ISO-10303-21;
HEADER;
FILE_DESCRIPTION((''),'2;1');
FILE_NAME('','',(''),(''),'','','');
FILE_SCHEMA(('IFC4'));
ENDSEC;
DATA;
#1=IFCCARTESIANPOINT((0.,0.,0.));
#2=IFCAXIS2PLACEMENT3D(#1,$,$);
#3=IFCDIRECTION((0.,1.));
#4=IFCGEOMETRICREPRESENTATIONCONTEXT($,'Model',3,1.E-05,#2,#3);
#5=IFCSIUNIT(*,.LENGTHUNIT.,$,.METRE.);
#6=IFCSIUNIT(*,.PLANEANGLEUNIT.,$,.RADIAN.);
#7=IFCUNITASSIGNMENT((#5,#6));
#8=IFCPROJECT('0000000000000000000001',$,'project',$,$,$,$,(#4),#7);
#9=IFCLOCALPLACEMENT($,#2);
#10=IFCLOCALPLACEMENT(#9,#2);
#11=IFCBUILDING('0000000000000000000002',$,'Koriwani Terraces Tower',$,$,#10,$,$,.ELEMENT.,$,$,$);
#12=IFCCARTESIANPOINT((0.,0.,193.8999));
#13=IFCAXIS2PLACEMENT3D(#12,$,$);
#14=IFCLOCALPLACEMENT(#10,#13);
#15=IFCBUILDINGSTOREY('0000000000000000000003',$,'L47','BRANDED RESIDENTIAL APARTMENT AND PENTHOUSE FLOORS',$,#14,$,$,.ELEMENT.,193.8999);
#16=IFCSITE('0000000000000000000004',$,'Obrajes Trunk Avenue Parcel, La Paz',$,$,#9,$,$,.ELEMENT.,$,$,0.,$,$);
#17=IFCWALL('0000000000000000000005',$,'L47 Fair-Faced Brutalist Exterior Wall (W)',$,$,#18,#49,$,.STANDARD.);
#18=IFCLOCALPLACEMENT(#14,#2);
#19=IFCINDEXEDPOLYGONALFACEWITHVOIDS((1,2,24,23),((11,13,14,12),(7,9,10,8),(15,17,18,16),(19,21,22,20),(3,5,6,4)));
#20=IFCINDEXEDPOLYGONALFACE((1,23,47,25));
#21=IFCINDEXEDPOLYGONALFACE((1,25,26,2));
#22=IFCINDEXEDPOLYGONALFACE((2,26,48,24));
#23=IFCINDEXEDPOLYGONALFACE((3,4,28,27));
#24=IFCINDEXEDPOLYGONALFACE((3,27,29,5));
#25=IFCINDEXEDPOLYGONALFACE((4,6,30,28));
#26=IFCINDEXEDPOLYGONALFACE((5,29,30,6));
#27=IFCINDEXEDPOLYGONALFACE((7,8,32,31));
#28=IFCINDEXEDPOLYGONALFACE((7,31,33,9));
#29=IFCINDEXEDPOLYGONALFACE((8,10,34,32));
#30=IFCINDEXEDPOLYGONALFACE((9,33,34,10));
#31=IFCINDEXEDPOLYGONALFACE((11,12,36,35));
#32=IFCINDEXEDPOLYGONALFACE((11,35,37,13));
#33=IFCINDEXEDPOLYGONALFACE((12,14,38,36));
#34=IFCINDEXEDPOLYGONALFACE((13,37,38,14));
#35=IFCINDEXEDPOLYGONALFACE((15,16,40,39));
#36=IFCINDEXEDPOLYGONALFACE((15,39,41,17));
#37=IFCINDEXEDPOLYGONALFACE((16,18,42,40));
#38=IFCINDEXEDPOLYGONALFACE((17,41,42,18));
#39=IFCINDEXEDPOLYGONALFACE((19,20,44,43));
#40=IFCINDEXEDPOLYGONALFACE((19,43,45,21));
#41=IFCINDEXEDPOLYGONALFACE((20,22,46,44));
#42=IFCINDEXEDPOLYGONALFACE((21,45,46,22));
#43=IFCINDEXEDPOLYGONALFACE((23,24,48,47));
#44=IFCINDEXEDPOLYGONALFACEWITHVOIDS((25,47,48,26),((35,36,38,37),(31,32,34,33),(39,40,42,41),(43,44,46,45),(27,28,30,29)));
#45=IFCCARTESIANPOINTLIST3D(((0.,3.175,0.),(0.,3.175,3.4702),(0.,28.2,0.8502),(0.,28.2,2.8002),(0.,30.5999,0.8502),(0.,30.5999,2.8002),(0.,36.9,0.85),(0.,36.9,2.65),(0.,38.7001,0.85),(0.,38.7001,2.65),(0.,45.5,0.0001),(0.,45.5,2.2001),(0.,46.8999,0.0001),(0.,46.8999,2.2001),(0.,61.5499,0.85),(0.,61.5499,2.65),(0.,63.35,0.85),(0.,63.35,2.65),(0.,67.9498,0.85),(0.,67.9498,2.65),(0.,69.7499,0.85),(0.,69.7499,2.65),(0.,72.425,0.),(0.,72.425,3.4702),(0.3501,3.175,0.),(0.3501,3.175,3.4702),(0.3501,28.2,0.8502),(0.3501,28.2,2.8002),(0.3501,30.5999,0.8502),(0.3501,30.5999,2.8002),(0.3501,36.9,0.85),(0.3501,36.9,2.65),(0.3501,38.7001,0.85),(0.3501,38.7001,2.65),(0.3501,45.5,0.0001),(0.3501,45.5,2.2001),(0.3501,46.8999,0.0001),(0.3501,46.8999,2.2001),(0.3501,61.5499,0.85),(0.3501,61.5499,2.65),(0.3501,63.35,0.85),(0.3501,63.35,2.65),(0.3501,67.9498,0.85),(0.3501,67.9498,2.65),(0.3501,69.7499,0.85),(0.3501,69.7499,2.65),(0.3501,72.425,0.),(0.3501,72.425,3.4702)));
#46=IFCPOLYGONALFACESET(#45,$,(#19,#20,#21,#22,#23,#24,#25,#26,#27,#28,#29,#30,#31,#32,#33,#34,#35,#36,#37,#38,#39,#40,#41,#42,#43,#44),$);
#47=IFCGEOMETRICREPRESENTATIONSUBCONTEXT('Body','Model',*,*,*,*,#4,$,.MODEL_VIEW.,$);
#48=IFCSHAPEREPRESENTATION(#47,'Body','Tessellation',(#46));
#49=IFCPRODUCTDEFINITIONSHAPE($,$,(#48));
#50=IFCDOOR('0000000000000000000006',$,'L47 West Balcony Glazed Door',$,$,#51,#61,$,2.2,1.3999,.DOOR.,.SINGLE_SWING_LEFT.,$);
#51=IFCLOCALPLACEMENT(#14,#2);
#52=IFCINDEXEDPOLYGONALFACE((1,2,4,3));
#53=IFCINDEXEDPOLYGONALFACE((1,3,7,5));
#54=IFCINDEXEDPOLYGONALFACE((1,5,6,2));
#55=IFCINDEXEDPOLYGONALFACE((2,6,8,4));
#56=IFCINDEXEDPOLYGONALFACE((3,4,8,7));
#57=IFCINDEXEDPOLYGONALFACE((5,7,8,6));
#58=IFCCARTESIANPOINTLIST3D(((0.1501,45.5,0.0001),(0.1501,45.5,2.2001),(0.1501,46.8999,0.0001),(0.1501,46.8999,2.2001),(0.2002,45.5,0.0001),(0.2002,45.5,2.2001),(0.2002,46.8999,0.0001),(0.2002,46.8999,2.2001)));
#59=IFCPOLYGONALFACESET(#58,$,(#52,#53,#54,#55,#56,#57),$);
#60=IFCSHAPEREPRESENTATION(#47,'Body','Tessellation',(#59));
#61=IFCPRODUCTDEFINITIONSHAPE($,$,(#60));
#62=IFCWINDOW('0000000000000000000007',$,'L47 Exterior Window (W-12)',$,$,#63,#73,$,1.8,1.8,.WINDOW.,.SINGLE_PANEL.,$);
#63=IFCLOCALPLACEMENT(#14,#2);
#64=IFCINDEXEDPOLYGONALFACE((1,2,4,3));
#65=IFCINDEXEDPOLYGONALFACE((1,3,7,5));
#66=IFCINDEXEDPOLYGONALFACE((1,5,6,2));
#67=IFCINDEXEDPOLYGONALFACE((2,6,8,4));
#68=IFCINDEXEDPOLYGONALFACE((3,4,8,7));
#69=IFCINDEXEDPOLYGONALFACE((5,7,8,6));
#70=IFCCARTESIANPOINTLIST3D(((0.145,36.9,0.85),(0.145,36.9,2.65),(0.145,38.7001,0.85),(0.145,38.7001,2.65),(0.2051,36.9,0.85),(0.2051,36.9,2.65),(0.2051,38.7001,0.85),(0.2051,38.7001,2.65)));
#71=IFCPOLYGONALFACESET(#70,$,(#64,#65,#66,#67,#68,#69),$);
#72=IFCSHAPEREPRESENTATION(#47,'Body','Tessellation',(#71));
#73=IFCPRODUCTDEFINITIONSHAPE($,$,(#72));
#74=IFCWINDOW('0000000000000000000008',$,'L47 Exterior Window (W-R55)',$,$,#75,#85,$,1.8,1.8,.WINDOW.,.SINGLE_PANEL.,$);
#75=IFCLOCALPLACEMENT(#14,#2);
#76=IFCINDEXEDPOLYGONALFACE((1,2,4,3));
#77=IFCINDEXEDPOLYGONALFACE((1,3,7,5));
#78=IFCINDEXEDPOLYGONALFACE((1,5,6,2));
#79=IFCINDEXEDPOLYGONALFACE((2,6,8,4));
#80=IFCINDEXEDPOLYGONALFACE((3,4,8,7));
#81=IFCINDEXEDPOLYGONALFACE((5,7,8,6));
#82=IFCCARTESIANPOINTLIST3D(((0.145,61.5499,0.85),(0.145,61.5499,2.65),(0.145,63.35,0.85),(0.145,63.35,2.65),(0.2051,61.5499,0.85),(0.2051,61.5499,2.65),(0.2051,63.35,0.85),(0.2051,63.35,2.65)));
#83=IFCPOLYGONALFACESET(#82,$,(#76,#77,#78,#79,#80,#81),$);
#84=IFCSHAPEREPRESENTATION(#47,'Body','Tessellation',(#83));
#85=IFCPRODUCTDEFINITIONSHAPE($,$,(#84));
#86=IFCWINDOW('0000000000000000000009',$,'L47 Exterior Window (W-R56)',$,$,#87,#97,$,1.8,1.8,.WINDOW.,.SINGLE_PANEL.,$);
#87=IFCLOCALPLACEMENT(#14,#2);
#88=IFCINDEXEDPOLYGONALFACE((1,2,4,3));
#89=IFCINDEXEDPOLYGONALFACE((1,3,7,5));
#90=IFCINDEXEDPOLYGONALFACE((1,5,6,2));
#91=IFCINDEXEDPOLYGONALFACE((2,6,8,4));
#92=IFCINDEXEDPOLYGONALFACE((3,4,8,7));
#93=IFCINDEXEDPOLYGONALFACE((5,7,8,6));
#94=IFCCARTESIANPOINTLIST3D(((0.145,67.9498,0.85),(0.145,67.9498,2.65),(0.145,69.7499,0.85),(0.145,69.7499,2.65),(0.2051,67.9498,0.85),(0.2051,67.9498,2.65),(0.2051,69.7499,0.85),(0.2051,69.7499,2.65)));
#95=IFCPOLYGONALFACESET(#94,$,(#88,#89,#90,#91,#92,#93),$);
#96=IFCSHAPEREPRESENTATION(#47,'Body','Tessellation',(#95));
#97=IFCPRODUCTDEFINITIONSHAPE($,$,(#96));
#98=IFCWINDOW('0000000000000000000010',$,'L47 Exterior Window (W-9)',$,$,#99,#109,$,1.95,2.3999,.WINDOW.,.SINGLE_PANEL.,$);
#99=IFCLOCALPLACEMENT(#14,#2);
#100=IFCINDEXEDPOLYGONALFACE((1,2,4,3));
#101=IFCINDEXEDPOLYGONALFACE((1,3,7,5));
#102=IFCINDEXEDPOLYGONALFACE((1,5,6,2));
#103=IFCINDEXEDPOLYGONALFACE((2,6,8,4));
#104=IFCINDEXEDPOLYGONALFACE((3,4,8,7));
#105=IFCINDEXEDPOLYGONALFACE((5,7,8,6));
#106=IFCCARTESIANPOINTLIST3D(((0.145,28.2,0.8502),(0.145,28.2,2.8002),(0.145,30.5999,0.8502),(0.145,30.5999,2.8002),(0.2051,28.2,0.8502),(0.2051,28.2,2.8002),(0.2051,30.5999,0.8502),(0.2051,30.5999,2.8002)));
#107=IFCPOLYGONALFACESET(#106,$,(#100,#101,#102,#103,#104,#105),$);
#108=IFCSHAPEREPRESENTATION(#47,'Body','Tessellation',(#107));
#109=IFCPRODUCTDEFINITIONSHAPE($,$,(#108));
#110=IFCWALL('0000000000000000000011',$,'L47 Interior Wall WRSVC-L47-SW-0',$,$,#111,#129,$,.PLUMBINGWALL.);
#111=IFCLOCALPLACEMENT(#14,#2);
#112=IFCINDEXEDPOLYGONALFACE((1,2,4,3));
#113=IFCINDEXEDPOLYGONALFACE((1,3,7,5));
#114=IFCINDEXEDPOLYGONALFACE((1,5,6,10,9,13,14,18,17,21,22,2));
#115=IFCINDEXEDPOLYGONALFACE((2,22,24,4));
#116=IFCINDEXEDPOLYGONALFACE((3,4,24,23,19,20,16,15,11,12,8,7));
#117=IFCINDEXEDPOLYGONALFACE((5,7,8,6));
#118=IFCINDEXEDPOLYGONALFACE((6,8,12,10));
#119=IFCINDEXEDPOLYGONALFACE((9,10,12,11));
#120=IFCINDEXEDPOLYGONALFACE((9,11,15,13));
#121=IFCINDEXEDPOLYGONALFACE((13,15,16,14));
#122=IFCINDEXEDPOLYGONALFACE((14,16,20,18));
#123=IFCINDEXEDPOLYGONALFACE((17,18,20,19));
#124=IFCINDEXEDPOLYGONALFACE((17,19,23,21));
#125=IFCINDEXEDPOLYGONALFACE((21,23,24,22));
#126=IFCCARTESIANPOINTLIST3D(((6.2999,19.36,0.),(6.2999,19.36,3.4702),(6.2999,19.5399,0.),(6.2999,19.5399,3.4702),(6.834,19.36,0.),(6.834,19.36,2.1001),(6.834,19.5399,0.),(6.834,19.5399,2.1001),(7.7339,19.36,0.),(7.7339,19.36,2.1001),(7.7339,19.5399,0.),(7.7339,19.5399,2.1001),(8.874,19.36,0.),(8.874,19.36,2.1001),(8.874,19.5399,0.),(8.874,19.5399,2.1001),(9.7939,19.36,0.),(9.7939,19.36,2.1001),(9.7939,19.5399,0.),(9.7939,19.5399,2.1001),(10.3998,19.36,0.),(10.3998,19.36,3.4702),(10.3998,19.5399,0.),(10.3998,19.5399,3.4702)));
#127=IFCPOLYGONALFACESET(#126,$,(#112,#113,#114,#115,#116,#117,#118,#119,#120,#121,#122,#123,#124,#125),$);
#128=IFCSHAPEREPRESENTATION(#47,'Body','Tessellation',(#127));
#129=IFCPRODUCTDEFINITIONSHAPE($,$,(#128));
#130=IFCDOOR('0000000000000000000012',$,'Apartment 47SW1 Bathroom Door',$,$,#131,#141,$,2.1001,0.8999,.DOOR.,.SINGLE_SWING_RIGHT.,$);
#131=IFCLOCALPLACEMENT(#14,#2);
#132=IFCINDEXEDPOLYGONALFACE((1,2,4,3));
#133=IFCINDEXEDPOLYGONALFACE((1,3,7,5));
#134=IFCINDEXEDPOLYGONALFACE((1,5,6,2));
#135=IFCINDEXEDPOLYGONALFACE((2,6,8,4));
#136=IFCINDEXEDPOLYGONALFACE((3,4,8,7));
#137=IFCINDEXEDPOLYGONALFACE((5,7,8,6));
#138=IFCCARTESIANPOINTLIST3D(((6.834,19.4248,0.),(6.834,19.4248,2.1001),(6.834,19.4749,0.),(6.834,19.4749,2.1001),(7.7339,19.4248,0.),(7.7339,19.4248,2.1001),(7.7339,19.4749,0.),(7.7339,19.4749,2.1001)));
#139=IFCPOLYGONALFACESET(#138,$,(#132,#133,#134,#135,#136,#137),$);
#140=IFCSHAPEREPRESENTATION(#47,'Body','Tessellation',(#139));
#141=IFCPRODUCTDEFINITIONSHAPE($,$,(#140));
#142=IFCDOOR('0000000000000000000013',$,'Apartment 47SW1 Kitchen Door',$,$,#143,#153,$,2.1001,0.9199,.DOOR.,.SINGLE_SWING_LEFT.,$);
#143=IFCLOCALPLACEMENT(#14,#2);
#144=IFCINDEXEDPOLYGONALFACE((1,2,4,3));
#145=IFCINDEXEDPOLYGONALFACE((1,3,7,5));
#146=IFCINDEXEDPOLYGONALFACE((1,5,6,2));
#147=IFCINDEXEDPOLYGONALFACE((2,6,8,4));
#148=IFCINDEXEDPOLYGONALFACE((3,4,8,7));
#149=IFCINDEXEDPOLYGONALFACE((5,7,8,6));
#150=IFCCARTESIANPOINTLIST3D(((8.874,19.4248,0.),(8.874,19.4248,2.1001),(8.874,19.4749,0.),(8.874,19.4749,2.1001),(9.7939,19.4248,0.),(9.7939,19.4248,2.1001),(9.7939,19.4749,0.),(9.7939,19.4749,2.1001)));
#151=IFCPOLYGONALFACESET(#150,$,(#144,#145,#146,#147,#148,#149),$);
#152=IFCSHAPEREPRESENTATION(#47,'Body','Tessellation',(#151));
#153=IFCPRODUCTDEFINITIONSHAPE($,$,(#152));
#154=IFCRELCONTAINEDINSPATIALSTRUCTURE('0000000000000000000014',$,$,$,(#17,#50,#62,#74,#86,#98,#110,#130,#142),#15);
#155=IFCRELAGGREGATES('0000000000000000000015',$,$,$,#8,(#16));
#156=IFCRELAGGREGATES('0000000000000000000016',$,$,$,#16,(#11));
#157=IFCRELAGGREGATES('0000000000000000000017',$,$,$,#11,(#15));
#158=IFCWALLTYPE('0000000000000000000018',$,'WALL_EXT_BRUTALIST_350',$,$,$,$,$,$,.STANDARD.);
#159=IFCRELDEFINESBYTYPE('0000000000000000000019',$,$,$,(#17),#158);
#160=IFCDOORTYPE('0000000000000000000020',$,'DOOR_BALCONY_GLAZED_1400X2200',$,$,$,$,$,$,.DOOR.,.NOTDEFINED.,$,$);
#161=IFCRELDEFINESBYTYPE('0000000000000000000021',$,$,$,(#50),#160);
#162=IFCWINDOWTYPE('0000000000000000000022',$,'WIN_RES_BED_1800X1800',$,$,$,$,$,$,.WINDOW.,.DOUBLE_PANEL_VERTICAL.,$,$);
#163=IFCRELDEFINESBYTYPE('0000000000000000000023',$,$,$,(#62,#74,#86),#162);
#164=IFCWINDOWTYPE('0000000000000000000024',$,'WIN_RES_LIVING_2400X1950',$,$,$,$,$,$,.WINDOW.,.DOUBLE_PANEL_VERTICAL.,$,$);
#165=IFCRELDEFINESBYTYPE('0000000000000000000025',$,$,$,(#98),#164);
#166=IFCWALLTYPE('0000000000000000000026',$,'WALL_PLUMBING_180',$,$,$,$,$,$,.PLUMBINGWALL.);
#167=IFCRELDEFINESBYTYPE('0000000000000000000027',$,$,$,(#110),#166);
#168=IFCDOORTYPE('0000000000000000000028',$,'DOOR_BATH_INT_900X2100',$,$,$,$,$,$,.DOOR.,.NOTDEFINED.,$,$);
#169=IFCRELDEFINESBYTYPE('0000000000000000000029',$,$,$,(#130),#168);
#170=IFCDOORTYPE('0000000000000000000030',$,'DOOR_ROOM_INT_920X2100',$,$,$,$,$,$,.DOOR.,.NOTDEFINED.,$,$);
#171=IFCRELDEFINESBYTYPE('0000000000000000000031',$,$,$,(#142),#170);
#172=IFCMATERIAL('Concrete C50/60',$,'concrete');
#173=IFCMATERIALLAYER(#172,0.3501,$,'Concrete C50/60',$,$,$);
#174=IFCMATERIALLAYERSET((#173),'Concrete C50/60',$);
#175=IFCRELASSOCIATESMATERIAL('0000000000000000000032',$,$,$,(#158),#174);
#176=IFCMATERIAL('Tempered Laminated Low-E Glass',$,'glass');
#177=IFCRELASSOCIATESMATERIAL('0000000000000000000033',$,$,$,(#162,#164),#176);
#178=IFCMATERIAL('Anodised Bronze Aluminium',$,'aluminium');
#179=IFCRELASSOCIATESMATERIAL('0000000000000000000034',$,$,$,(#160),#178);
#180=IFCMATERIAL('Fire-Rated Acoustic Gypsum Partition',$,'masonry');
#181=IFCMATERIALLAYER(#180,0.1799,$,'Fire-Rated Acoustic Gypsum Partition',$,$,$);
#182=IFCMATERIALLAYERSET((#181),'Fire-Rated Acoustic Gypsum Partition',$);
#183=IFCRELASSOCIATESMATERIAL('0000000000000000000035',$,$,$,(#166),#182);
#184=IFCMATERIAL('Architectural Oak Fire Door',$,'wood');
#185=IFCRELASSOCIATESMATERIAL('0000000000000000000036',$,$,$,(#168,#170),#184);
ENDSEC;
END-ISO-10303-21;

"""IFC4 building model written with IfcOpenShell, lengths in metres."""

from ifc_helpers import new_model, si_unit, direction, frame, frame_2d, origin, place, context, subcontext, project, spatial, rectangle, extrude, material, layer, layer_set, type_object, element, fill, save


model = new_model("IFC4")

# Units and contexts
model_context = context("Model", 3, precision=1e-05, world=origin(), true_north=direction((0.0, 1.0)))
body_context = subcontext(model_context, "Body", "Model", "MODEL_VIEW")
ifc_project = project(units=[si_unit("LENGTHUNIT", "METRE"), si_unit("PLANEANGLEUNIT", "RADIAN")], contexts=[model_context])

# Site, building, storey
site_placement = place(None, origin())
site = spatial("IfcSite", under=ifc_project, at=site_placement, Name="Obrajes Trunk Avenue Parcel, La Paz", CompositionType="ELEMENT", RefElevation=0.0)
building_placement = place(site_placement, origin())
building = spatial("IfcBuilding", under=site, at=building_placement, Name="Koriwani Terraces Tower", CompositionType="ELEMENT")
storey_placement = place(building_placement, frame((0.0, 0.0, 193.8999)))
storey = spatial("IfcBuildingStorey", under=building, at=storey_placement, Name="L47", Description="BRANDED RESIDENTIAL APARTMENT AND PENTHOUSE FLOORS", CompositionType="ELEMENT", Elevation=193.8999)

# Shared definitions
ifc_material_1 = material(Name="Concrete C50/60", Category="concrete")

# Shared definitions
ifc_layer_1 = layer(ifc_material_1, 0.3501, Name="Concrete C50/60")
ifc_layer_set_1 = layer_set([ifc_layer_1], Name="Concrete C50/60")
wall_type_1 = type_object("IfcWallType", Name="WALL_EXT_BRUTALIST_350", PredefinedType="STANDARD", material=ifc_layer_set_1)
ifc_material_2 = material(Name="Tempered Laminated Low-E Glass", Category="glass")
window_type_1 = type_object("IfcWindowType", Name="WIN_RES_BED_1800X1800", PartitioningType="DOUBLE_PANEL_VERTICAL", PredefinedType="WINDOW", material=ifc_material_2)

# Wall, openings, door, windows
wall_1_placement = place(storey_placement, frame((0.175, 3.175, 0.0), z_axis=(0.0, 0.0, 1.0), x_axis=(0.0, 1.0, 0.0)))
wall_1 = element("IfcWall", 1, at=wall_1_placement, inside=storey, type_object=wall_type_1, Name="L47 Fair-Faced Brutalist Exterior Wall (W)", PredefinedType="STANDARD", context=body_context, shape_type="SweptSolid", body=[
    extrude(rectangle(XDim=69.25, YDim=0.3501, at=frame_2d((34.625, 0.0))), origin(), (0.0, 0.0, 1.0), 3.4702),
])
opening_1_placement = place(wall_1_placement, frame((42.325, 0.0, 0.0)))
opening_1 = element("IfcOpeningElement", 2, at=opening_1_placement, cuts=wall_1, PredefinedType="OPENING", context=body_context, shape_type="SweptSolid", body=[
    extrude(rectangle(XDim=1.3999, YDim=2.2, at=frame_2d((0.7, 1.1001))), frame((0.0, 0.1851, 0.0), z_axis=(0.0, -1.0, 0.0), x_axis=(1.0, 0.0, 0.0)), (0.0, 0.0, 1.0), 0.3701),
])
opening_2_placement = place(wall_1_placement, frame((25.0249, 0.0, 0.8501)))
opening_2 = element("IfcOpeningElement", 3, at=opening_2_placement, cuts=wall_1, PredefinedType="OPENING", context=body_context, shape_type="SweptSolid", body=[
    extrude(rectangle(XDim=2.3999, YDim=1.95, at=frame_2d((1.2, 0.9751))), frame((0.0, 0.1851, 0.0), z_axis=(0.0, -1.0, 0.0), x_axis=(1.0, 0.0, 0.0)), (0.0, 0.0, 1.0), 0.3701),
])
opening_3_placement = place(wall_1_placement, frame((33.7251, 0.0, 0.8501)))
opening_3 = element("IfcOpeningElement", 4, at=opening_3_placement, cuts=wall_1, PredefinedType="OPENING", context=body_context, shape_type="SweptSolid", body=[
    extrude(rectangle(XDim=1.8, YDim=1.8, at=frame_2d((0.8999, 0.8999))), frame((0.0, 0.1851, 0.0), z_axis=(0.0, -1.0, 0.0), x_axis=(1.0, 0.0, 0.0)), (0.0, 0.0, 1.0), 0.3701),
])
opening_4_placement = place(wall_1_placement, frame((58.375, 0.0, 0.8501)))
opening_4 = element("IfcOpeningElement", 5, at=opening_4_placement, cuts=wall_1, PredefinedType="OPENING", context=body_context, shape_type="SweptSolid", body=[
    extrude(rectangle(XDim=1.8, YDim=1.8, at=frame_2d((0.8999, 0.8999))), frame((0.0, 0.1851, 0.0), z_axis=(0.0, -1.0, 0.0), x_axis=(1.0, 0.0, 0.0)), (0.0, 0.0, 1.0), 0.3701),
])
opening_5_placement = place(wall_1_placement, frame((64.7749, 0.0, 0.8501)))
opening_5 = element("IfcOpeningElement", 6, at=opening_5_placement, cuts=wall_1, PredefinedType="OPENING", context=body_context, shape_type="SweptSolid", body=[
    extrude(rectangle(XDim=1.8, YDim=1.8, at=frame_2d((0.8999, 0.8999))), frame((0.0, 0.1851, 0.0), z_axis=(0.0, -1.0, 0.0), x_axis=(1.0, 0.0, 0.0)), (0.0, 0.0, 1.0), 0.3701),
])
ifc_material_3 = material(Name="Anodised Bronze Aluminium", Category="aluminium")
door_type_1 = type_object("IfcDoorType", Name="DOOR_BALCONY_GLAZED_1400X2200", OperationType="NOTDEFINED", PredefinedType="DOOR", material=ifc_material_3)
door_1_placement = place(opening_1_placement, origin())
door_1 = element("IfcDoor", 7, at=door_1_placement, inside=storey, type_object=door_type_1, Name="L47 West Balcony Glazed Door", OperationType="SINGLE_SWING_LEFT", OverallHeight=2.2, OverallWidth=1.3999, PredefinedType="DOOR", context=body_context, shape_type="SweptSolid", body=[
    extrude(rectangle(XDim=1.3999, YDim=2.2, at=frame_2d((0.7, 1.1001))), frame((0.0, 0.0249, 0.0), z_axis=(0.0, -1.0, 0.0), x_axis=(1.0, 0.0, 0.0)), (0.0, 0.0, 1.0), 0.05),
])
fill(opening_1, door_1)
window_1_placement = place(opening_3_placement, origin())
window_1 = element("IfcWindow", 8, at=window_1_placement, inside=storey, type_object=window_type_1, Name="L47 Exterior Window (W-12)", OverallHeight=1.8, OverallWidth=1.8, PartitioningType="SINGLE_PANEL", PredefinedType="WINDOW", context=body_context, shape_type="SweptSolid", body=[
    extrude(rectangle(XDim=1.8, YDim=1.8, at=frame_2d((0.8999, 0.8999))), frame((0.0, 0.03, 0.0), z_axis=(0.0, -1.0, 0.0), x_axis=(1.0, 0.0, 0.0)), (0.0, 0.0, 1.0), 0.0601),
])
fill(opening_3, window_1)
window_2_placement = place(opening_4_placement, origin())
window_2 = element("IfcWindow", 9, at=window_2_placement, inside=storey, type_object=window_type_1, Name="L47 Exterior Window (W-R55)", OverallHeight=1.8, OverallWidth=1.8, PartitioningType="SINGLE_PANEL", PredefinedType="WINDOW", context=body_context, shape_type="SweptSolid", body=[
    extrude(rectangle(XDim=1.8, YDim=1.8, at=frame_2d((0.8999, 0.8999))), frame((0.0, 0.03, 0.0), z_axis=(0.0, -1.0, 0.0), x_axis=(1.0, 0.0, 0.0)), (0.0, 0.0, 1.0), 0.0601),
])
fill(opening_4, window_2)
window_3_placement = place(opening_5_placement, origin())
window_3 = element("IfcWindow", 10, at=window_3_placement, inside=storey, type_object=window_type_1, Name="L47 Exterior Window (W-R56)", OverallHeight=1.8, OverallWidth=1.8, PartitioningType="SINGLE_PANEL", PredefinedType="WINDOW", context=body_context, shape_type="SweptSolid", body=[
    extrude(rectangle(XDim=1.8, YDim=1.8, at=frame_2d((0.8999, 0.8999))), frame((0.0, 0.03, 0.0), z_axis=(0.0, -1.0, 0.0), x_axis=(1.0, 0.0, 0.0)), (0.0, 0.0, 1.0), 0.0601),
])
fill(opening_5, window_3)
window_type_2 = type_object("IfcWindowType", Name="WIN_RES_LIVING_2400X1950", PartitioningType="DOUBLE_PANEL_VERTICAL", PredefinedType="WINDOW", material=ifc_material_2)
window_4_placement = place(opening_2_placement, origin())
window_4 = element("IfcWindow", 11, at=window_4_placement, inside=storey, type_object=window_type_2, Name="L47 Exterior Window (W-9)", OverallHeight=1.95, OverallWidth=2.3999, PartitioningType="SINGLE_PANEL", PredefinedType="WINDOW", context=body_context, shape_type="SweptSolid", body=[
    extrude(rectangle(XDim=2.3999, YDim=1.95, at=frame_2d((1.2, 0.9751))), frame((0.0, 0.03, 0.0), z_axis=(0.0, -1.0, 0.0), x_axis=(1.0, 0.0, 0.0)), (0.0, 0.0, 1.0), 0.0601),
])
fill(opening_2, window_4)

# Wall, openings, doors
ifc_material_4 = material(Name="Fire-Rated Acoustic Gypsum Partition", Category="masonry")
ifc_layer_2 = layer(ifc_material_4, 0.1799, Name="Fire-Rated Acoustic Gypsum Partition")
ifc_layer_set_2 = layer_set([ifc_layer_2], Name="Fire-Rated Acoustic Gypsum Partition")
wall_type_2 = type_object("IfcWallType", Name="WALL_PLUMBING_180", PredefinedType="PLUMBINGWALL", material=ifc_layer_set_2)
wall_2_placement = place(storey_placement, frame((6.3, 19.45, 0.0), z_axis=(0.0, 0.0, 1.0), x_axis=(1.0, 0.0, 0.0)))
wall_2 = element("IfcWall", 12, at=wall_2_placement, inside=storey, type_object=wall_type_2, Name="L47 Interior Wall WRSVC-L47-SW-0", PredefinedType="PLUMBINGWALL", context=body_context, shape_type="SweptSolid", body=[
    extrude(rectangle(XDim=4.0999, YDim=0.1799, at=frame_2d((2.0498, 0.0))), origin(), (0.0, 0.0, 1.0), 3.4702),
])
opening_6_placement = place(wall_2_placement, frame((0.5339, 0.0, 0.0)))
opening_6 = element("IfcOpeningElement", 13, at=opening_6_placement, cuts=wall_2, PredefinedType="OPENING", context=body_context, shape_type="SweptSolid", body=[
    extrude(rectangle(XDim=0.8999, YDim=2.1001, at=frame_2d((0.45, 1.05))), frame((0.0, 0.1001, 0.0), z_axis=(0.0, -1.0, 0.0), x_axis=(1.0, 0.0, 0.0)), (0.0, 0.0, 1.0), 0.2),
])
opening_7_placement = place(wall_2_placement, frame((2.574, 0.0, 0.0)))
opening_7 = element("IfcOpeningElement", 14, at=opening_7_placement, cuts=wall_2, PredefinedType="OPENING", context=body_context, shape_type="SweptSolid", body=[
    extrude(rectangle(XDim=0.9199, YDim=2.1001, at=frame_2d((0.46, 1.05))), frame((0.0, 0.1001, 0.0), z_axis=(0.0, -1.0, 0.0), x_axis=(1.0, 0.0, 0.0)), (0.0, 0.0, 1.0), 0.2),
])
ifc_material_5 = material(Name="Architectural Oak Fire Door", Category="wood")
door_type_2 = type_object("IfcDoorType", Name="DOOR_BATH_INT_900X2100", OperationType="NOTDEFINED", PredefinedType="DOOR", material=ifc_material_5)
door_2_placement = place(opening_6_placement, origin())
door_2 = element("IfcDoor", 15, at=door_2_placement, inside=storey, type_object=door_type_2, Name="Apartment 47SW1 Bathroom Door", OperationType="SINGLE_SWING_RIGHT", OverallHeight=2.1001, OverallWidth=0.8999, PredefinedType="DOOR", context=body_context, shape_type="SweptSolid", body=[
    extrude(rectangle(XDim=0.8999, YDim=2.1001, at=frame_2d((0.45, 1.05))), frame((0.0, 0.0249, 0.0), z_axis=(0.0, -1.0, 0.0), x_axis=(1.0, 0.0, 0.0)), (0.0, 0.0, 1.0), 0.05),
])
fill(opening_6, door_2)
door_type_3 = type_object("IfcDoorType", Name="DOOR_ROOM_INT_920X2100", OperationType="NOTDEFINED", PredefinedType="DOOR", material=ifc_material_5)
door_3_placement = place(opening_7_placement, origin())
door_3 = element("IfcDoor", 16, at=door_3_placement, inside=storey, type_object=door_type_3, Name="Apartment 47SW1 Kitchen Door", OperationType="SINGLE_SWING_LEFT", OverallHeight=2.1001, OverallWidth=0.9199, PredefinedType="DOOR", context=body_context, shape_type="SweptSolid", body=[
    extrude(rectangle(XDim=0.9199, YDim=2.1001, at=frame_2d((0.46, 1.05))), frame((0.0, 0.0249, 0.0), z_axis=(0.0, -1.0, 0.0), x_axis=(1.0, 0.0, 0.0)), (0.0, 0.0, 1.0), 0.05),
])
fill(opening_7, door_3)

save(model, "model.ifc")
